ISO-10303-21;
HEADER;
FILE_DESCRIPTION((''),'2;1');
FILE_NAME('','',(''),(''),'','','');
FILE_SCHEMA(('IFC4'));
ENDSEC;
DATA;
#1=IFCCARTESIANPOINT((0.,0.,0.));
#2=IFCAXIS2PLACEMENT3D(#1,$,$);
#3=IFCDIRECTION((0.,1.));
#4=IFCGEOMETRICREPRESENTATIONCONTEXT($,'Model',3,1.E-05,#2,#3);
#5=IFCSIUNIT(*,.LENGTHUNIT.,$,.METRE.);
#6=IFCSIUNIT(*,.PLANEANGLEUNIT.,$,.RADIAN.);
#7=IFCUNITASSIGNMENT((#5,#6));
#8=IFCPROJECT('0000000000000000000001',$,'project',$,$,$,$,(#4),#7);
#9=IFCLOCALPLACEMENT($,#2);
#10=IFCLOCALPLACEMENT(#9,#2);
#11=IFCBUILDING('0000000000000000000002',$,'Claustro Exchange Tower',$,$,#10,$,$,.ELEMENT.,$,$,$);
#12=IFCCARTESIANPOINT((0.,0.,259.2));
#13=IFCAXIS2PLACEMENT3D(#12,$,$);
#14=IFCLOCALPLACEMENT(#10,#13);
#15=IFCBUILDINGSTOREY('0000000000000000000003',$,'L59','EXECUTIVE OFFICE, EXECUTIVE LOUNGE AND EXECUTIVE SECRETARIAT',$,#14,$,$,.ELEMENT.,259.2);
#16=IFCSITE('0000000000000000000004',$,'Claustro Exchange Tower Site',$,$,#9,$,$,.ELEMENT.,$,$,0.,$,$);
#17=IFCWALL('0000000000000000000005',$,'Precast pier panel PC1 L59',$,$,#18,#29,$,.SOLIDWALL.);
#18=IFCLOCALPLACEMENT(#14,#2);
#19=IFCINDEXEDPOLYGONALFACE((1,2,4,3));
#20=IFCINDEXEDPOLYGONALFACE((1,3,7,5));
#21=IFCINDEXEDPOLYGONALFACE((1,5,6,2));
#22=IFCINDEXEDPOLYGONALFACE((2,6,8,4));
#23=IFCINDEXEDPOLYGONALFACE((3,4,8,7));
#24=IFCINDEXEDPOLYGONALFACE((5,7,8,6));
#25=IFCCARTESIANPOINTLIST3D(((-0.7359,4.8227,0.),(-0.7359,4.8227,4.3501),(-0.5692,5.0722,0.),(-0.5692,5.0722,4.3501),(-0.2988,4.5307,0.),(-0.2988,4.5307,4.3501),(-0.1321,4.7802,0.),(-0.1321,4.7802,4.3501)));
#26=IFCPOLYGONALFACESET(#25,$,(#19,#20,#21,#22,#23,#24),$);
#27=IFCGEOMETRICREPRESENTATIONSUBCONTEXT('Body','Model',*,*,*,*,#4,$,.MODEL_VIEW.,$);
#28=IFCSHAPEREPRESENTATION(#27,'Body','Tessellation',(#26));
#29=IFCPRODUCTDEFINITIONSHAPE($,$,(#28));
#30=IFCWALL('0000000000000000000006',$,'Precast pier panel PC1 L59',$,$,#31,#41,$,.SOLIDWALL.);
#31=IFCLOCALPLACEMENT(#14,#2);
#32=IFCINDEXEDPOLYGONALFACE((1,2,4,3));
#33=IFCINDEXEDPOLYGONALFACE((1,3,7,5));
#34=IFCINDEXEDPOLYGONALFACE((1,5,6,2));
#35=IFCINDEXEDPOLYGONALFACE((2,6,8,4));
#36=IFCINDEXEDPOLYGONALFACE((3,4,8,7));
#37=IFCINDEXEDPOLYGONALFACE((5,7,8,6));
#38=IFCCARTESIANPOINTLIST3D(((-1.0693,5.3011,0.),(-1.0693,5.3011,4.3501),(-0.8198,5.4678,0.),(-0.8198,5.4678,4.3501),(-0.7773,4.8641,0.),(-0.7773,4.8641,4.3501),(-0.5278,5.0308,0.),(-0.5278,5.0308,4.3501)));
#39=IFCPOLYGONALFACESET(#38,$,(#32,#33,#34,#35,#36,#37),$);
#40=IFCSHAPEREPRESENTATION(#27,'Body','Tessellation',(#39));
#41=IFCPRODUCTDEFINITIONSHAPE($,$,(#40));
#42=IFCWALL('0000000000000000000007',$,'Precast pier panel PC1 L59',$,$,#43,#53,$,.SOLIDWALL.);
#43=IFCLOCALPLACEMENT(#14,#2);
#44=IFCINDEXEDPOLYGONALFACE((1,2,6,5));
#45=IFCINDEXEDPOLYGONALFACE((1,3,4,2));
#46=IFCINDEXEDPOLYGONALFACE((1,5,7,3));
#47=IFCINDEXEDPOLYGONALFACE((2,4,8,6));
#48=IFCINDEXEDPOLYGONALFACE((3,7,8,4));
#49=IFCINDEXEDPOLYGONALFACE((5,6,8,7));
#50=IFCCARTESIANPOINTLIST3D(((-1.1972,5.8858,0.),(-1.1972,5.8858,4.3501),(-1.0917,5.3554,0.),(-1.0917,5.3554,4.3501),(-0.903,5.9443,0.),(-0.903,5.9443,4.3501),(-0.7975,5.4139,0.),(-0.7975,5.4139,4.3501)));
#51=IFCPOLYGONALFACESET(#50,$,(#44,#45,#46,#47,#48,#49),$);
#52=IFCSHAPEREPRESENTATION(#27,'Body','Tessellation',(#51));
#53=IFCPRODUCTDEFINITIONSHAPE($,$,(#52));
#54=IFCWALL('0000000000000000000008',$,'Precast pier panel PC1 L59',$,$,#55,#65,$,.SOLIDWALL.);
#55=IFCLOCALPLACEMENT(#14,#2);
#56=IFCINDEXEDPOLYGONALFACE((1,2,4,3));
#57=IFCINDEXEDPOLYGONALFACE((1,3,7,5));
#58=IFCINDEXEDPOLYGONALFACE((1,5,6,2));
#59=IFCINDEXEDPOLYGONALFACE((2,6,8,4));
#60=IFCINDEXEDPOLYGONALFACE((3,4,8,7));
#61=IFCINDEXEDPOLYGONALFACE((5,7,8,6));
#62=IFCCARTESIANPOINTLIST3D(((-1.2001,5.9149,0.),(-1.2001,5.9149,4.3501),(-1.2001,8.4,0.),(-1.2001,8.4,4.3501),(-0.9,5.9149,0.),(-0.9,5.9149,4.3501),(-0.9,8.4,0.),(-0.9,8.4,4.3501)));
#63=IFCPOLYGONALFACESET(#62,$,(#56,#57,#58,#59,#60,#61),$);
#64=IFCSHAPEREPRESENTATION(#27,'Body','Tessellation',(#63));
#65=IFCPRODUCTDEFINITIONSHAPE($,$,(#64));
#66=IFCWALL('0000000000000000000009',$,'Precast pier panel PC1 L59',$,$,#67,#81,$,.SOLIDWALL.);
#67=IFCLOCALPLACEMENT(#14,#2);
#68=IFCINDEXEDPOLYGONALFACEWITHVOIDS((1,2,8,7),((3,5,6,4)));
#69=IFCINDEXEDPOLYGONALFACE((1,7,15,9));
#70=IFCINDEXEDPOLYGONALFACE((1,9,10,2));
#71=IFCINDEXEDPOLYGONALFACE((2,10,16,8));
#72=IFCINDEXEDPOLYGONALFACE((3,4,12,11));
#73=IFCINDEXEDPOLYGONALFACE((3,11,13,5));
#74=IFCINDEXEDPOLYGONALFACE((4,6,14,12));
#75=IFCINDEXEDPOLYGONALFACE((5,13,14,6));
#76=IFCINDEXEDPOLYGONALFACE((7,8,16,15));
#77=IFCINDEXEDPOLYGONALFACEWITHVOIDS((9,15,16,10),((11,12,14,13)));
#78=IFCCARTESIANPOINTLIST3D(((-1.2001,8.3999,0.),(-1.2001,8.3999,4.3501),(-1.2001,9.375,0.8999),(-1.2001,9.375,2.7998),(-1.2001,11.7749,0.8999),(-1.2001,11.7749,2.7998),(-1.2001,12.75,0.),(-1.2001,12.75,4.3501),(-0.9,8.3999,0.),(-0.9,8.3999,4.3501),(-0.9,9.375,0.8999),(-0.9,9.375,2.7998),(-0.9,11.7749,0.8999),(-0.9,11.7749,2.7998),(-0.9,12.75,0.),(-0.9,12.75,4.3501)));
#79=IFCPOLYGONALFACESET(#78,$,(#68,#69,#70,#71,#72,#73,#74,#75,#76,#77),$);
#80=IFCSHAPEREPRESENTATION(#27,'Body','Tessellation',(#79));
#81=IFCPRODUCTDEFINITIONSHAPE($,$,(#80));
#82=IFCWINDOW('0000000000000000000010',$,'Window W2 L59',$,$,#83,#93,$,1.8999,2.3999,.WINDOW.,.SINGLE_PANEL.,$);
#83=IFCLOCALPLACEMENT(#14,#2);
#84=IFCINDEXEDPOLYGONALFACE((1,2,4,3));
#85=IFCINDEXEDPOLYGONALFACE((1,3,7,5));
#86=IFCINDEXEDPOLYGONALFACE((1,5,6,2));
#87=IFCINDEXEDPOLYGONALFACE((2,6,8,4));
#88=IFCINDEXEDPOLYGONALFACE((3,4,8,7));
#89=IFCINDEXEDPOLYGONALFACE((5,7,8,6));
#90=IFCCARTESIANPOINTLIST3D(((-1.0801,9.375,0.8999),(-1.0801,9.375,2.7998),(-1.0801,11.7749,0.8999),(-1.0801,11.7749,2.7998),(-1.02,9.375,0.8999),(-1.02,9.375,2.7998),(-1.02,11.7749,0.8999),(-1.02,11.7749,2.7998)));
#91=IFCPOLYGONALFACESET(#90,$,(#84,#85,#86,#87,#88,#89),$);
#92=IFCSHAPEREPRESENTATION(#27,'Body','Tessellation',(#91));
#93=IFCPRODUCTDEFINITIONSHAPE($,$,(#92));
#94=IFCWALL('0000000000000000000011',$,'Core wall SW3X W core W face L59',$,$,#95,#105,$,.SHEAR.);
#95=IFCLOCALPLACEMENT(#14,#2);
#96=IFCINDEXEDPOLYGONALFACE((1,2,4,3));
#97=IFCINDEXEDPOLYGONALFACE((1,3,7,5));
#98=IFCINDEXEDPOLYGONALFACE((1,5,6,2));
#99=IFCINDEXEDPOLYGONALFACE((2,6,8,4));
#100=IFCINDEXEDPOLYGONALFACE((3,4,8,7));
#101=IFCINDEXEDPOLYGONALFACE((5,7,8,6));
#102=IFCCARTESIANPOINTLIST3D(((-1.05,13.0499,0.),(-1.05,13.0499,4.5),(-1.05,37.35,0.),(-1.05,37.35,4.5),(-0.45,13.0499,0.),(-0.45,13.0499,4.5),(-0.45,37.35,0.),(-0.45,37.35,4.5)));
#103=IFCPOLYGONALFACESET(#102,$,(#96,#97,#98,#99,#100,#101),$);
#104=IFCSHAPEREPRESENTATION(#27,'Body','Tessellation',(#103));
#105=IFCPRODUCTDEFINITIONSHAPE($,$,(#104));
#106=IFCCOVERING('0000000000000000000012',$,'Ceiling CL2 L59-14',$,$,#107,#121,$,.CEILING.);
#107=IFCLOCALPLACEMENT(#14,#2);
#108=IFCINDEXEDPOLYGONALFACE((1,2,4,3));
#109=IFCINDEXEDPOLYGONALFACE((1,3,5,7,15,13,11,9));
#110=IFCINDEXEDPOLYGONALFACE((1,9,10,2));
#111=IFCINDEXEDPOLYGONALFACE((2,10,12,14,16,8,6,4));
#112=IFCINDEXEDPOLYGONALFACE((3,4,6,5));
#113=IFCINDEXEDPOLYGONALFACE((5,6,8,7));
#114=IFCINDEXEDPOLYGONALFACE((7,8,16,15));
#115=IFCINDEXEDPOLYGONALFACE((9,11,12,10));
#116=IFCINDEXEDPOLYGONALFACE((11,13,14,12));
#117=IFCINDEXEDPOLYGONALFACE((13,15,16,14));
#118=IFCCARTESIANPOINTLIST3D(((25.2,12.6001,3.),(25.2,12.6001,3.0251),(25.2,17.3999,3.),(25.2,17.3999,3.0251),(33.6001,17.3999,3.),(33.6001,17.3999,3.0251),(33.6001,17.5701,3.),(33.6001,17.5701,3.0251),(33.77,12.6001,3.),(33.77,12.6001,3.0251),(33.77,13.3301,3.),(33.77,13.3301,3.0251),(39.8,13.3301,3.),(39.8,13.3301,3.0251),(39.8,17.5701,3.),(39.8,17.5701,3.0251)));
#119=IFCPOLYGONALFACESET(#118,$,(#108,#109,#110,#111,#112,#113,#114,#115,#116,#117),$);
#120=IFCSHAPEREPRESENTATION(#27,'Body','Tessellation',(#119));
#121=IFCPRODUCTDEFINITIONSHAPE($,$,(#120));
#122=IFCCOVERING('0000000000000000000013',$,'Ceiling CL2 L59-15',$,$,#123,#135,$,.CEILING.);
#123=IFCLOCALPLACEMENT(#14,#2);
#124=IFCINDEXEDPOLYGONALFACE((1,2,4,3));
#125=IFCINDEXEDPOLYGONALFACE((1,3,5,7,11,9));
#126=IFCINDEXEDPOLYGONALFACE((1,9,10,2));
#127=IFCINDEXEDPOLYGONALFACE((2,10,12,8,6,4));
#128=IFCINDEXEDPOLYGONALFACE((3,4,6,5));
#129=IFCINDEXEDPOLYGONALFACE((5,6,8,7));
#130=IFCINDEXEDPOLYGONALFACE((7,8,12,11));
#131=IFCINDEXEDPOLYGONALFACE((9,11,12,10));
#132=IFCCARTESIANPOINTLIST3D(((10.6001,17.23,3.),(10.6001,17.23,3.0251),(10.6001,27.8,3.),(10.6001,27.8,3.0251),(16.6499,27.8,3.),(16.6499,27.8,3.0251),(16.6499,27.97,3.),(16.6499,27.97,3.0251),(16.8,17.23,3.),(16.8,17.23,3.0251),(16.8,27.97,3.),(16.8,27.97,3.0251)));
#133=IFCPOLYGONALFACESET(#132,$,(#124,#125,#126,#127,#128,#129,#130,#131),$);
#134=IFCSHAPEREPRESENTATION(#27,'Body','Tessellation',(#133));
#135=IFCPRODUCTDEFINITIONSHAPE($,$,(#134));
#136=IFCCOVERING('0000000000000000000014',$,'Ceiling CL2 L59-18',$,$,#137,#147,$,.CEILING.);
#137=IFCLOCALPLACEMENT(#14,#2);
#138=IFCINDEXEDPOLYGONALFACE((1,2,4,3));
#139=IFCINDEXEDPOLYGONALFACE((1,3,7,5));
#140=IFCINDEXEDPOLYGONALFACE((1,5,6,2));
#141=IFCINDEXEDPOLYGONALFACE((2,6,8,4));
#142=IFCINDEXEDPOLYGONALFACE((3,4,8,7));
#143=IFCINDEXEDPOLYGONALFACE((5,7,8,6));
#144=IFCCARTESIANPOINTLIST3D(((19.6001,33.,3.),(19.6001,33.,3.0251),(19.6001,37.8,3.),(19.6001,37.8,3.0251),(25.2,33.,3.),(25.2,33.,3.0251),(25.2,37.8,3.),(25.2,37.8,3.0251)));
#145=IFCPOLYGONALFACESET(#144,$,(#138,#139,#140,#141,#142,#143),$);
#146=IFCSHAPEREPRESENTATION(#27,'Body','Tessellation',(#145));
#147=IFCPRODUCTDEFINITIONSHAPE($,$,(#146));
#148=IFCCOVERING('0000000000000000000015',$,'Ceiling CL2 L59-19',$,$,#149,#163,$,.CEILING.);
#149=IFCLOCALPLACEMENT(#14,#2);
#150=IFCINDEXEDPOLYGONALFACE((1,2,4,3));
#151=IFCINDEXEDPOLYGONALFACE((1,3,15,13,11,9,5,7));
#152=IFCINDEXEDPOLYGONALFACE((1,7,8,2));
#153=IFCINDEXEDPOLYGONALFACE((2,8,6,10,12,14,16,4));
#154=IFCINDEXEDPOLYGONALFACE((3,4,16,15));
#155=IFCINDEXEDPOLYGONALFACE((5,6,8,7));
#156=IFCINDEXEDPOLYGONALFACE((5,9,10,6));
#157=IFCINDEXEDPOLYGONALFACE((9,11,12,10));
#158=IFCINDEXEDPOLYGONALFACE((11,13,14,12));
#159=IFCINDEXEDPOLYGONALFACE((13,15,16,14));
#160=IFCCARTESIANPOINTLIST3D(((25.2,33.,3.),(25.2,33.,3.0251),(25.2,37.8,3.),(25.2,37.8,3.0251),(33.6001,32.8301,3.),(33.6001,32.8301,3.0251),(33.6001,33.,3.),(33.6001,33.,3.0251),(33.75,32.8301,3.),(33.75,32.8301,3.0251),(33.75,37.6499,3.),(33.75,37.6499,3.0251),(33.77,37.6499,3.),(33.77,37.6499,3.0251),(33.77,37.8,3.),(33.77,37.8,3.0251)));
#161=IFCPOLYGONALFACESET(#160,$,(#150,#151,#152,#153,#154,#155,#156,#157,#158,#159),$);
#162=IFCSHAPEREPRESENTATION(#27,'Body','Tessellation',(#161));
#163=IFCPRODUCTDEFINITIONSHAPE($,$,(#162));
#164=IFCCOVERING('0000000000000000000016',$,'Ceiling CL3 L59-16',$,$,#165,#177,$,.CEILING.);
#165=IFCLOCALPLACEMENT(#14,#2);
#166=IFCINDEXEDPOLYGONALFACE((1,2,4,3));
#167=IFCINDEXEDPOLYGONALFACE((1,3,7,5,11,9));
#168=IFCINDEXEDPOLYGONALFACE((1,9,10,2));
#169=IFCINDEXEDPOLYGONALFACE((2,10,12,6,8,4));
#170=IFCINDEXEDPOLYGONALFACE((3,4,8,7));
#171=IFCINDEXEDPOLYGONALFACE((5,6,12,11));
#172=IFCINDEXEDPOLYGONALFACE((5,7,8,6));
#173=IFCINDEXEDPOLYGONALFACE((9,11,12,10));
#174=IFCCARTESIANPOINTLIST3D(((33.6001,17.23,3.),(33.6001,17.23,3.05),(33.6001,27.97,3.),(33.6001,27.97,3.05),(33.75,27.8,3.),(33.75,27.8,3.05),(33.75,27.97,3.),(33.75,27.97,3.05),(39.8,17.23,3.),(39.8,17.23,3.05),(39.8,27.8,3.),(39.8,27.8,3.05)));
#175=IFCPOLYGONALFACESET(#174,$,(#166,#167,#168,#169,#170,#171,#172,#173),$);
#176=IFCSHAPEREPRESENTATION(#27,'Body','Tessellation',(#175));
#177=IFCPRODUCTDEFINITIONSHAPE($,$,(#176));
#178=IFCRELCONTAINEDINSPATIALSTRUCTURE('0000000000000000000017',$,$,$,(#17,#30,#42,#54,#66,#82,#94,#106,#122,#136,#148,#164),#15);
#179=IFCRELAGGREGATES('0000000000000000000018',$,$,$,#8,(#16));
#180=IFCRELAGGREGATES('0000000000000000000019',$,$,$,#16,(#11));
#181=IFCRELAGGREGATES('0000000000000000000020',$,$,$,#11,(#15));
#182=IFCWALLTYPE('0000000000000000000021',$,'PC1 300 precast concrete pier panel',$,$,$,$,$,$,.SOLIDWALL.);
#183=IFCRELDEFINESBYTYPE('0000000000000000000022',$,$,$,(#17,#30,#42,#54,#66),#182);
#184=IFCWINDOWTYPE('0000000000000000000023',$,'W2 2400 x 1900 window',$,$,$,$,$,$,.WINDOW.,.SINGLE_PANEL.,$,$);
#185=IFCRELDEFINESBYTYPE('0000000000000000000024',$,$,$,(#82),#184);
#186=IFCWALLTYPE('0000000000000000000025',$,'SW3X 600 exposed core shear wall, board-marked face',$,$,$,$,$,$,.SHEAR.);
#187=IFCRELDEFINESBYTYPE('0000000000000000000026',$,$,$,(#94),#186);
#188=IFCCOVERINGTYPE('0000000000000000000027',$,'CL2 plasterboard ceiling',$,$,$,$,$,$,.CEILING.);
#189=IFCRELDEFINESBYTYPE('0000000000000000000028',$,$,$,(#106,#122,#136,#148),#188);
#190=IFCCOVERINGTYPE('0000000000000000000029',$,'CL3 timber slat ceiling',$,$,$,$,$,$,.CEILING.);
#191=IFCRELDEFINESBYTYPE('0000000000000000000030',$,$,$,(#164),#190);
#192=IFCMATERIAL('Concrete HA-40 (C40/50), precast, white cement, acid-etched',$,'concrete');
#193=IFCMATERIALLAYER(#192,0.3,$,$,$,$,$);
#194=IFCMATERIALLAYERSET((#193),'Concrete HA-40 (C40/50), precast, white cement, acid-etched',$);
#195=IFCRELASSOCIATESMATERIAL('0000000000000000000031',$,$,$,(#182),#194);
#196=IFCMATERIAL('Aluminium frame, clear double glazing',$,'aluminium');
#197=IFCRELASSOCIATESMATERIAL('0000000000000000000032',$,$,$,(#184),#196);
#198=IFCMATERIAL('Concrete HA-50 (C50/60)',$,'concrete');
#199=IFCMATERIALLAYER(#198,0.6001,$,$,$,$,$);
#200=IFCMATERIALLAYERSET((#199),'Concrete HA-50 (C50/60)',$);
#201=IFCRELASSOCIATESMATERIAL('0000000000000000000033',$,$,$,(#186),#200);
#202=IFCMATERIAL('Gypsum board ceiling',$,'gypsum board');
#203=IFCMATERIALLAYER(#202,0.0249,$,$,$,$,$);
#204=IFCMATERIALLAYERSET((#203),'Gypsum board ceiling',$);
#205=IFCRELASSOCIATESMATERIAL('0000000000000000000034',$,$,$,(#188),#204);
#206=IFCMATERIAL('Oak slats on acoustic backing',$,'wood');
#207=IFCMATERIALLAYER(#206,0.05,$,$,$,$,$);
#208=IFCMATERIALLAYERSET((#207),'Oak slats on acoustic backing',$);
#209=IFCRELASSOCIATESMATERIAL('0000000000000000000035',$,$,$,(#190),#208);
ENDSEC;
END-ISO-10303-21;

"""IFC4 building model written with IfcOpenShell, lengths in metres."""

from ifc_helpers import new_model, si_unit, direction, frame, frame_2d, origin, place, context, subcontext, project, spatial, polyline, rectangle, outline, extrude, material, layer, layer_set, type_object, element, fill, save


model = new_model("IFC4")

# Units and contexts
model_context = context("Model", 3, precision=1e-05, world=origin(), true_north=direction((0.0, 1.0)))
body_context = subcontext(model_context, "Body", "Model", "MODEL_VIEW")
ifc_project = project(units=[si_unit("LENGTHUNIT", "METRE"), si_unit("PLANEANGLEUNIT", "RADIAN")], contexts=[model_context])

# Site, building, storey
site_placement = place(None, origin())
site = spatial("IfcSite", under=ifc_project, at=site_placement, Name="Claustro Exchange Tower Site", CompositionType="ELEMENT", RefElevation=0.0)
building_placement = place(site_placement, origin())
building = spatial("IfcBuilding", under=site, at=building_placement, Name="Claustro Exchange Tower", CompositionType="ELEMENT")
storey_placement = place(building_placement, frame((0.0, 0.0, 259.2)))
storey = spatial("IfcBuildingStorey", under=building, at=storey_placement, Name="L59", Description="EXECUTIVE OFFICE, EXECUTIVE LOUNGE AND EXECUTIVE SECRETARIAT", CompositionType="ELEMENT", Elevation=259.2)

# Walls
ifc_material_1 = material(Name="Concrete HA-40 (C40/50), precast, white cement, acid-etched", Category="concrete")
ifc_layer_1 = layer(ifc_material_1, 0.3)
ifc_layer_set_1 = layer_set([ifc_layer_1], Name="Concrete HA-40 (C40/50), precast, white cement, acid-etched")
wall_type_1 = type_object("IfcWallType", Name="PC1 300 precast concrete pier panel", PredefinedType="SOLIDWALL", material=ifc_layer_set_1)
for number, where, z_axis, x_axis, name in (
    (1, (-0.2156, 4.6555, 0.0), (0.0, 0.0, 1.0), (-0.831478, 0.555557, 0.0), "Precast pier panel PC1 L59"),
    (2, (-0.6526, 4.9475, 0.0), (0.0, 0.0, 1.0), (-0.555557, 0.831478, 0.0), "Precast pier panel PC1 L59"),
):
    element("IfcWall", number, at=place(storey_placement, frame(where, z_axis=z_axis, x_axis=x_axis)), inside=storey, type_object=wall_type_1, Name=name, PredefinedType="SOLIDWALL", context=body_context, shape_type="SweptSolid", body=[
        extrude(rectangle(XDim=0.5256, YDim=0.3, at=frame_2d((0.2627, 0.0))), origin(), (0.0, 0.0, 1.0), 4.3501),
    ])
wall_1_placement = place(storey_placement, frame((-0.9446, 5.3845, 0.0), z_axis=(0.0, 0.0, 1.0), x_axis=(-0.195074, 0.980789, 0.0)))
element("IfcWall", 3, at=wall_1_placement, inside=storey, type_object=wall_type_1, Name="Precast pier panel PC1 L59", PredefinedType="SOLIDWALL", context=body_context, shape_type="SweptSolid", body=[
    extrude(rectangle(XDim=0.5408, YDim=0.3, at=frame_2d((0.2705, 0.0))), origin(), (0.0, 0.0, 1.0), 4.3501),
])
wall_2_placement = place(storey_placement, frame((-1.05, 5.9148, 0.0), z_axis=(0.0, 0.0, 1.0), x_axis=(0.0, 1.0, 0.0)))
element("IfcWall", 4, at=wall_2_placement, inside=storey, type_object=wall_type_1, Name="Precast pier panel PC1 L59", PredefinedType="SOLIDWALL", context=body_context, shape_type="SweptSolid", body=[
    extrude(rectangle(XDim=2.4851, YDim=0.3, at=frame_2d((1.2427, 0.0))), origin(), (0.0, 0.0, 1.0), 4.3501),
])

# Wall, opening, window
wall_3_placement = place(storey_placement, frame((-1.05, 8.3999, 0.0), z_axis=(0.0, 0.0, 1.0), x_axis=(0.0, 1.0, 0.0)))
wall_3 = element("IfcWall", 5, at=wall_3_placement, inside=storey, type_object=wall_type_1, Name="Precast pier panel PC1 L59", PredefinedType="SOLIDWALL", context=body_context, shape_type="SweptSolid", body=[
    extrude(rectangle(XDim=4.3501, YDim=0.3, at=frame_2d((2.175, 0.0))), origin(), (0.0, 0.0, 1.0), 4.3501),
])
opening_1_placement = place(wall_3_placement, frame((0.9751, 0.0, 0.8999)))
opening_1 = element("IfcOpeningElement", 6, at=opening_1_placement, cuts=wall_3, PredefinedType="OPENING", context=body_context, shape_type="SweptSolid", body=[
    extrude(rectangle(XDim=2.3999, YDim=1.8999, at=frame_2d((1.2, 0.95))), frame((0.0, 0.1599, 0.0), z_axis=(0.0, -1.0, 0.0), x_axis=(1.0, 0.0, 0.0)), (0.0, 0.0, 1.0), 0.3201),
])
ifc_material_2 = material(Name="Aluminium frame, clear double glazing", Category="aluminium")
window_type = type_object("IfcWindowType", Name="W2 2400 x 1900 window", PartitioningType="SINGLE_PANEL", PredefinedType="WINDOW", material=ifc_material_2)
window_placement = place(opening_1_placement, origin())
window = element("IfcWindow", 7, at=window_placement, inside=storey, type_object=window_type, Name="Window W2 L59", OverallHeight=1.8999, OverallWidth=2.3999, PartitioningType="SINGLE_PANEL", PredefinedType="WINDOW", context=body_context, shape_type="SweptSolid", body=[
    extrude(rectangle(XDim=2.3999, YDim=1.8999, at=frame_2d((1.2, 0.95))), frame((0.0, 0.03, 0.0), z_axis=(0.0, -1.0, 0.0), x_axis=(1.0, 0.0, 0.0)), (0.0, 0.0, 1.0), 0.0601),
])
fill(opening_1, window)

# Wall
ifc_material_3 = material(Name="Concrete HA-50 (C50/60)", Category="concrete")
ifc_layer_2 = layer(ifc_material_3, 0.6001)
ifc_layer_set_2 = layer_set([ifc_layer_2], Name="Concrete HA-50 (C50/60)")
wall_type_2 = type_object("IfcWallType", Name="SW3X 600 exposed core shear wall, board-marked face", PredefinedType="SHEAR", material=ifc_layer_set_2)
wall_4_placement = place(storey_placement, frame((-0.75, 13.05, 0.0), z_axis=(0.0, 0.0, 1.0), x_axis=(0.0, 1.0, 0.0)))
element("IfcWall", 8, at=wall_4_placement, inside=storey, type_object=wall_type_2, Name="Core wall SW3X W core W face L59", PredefinedType="SHEAR", context=body_context, shape_type="SweptSolid", body=[
    extrude(rectangle(XDim=24.3, YDim=0.6001, at=frame_2d((12.1499, 0.0))), origin(), (0.0, 0.0, 1.0), 4.5),
])

# Coverings
ifc_material_4 = material(Name="Gypsum board ceiling", Category="gypsum board")
ifc_layer_3 = layer(ifc_material_4, 0.0249)
ifc_layer_set_3 = layer_set([ifc_layer_3], Name="Gypsum board ceiling")
covering_type_1 = type_object("IfcCoveringType", Name="CL2 plasterboard ceiling", PredefinedType="CEILING", material=ifc_layer_set_3)
covering_1_placement = place(storey_placement, frame((0.0, 0.0, 3.0)))
element("IfcCovering", 9, at=covering_1_placement, inside=storey, type_object=covering_type_1, Name="Ceiling CL2 L59-14", PredefinedType="CEILING", context=body_context, shape_type="SweptSolid", body=[
    extrude(outline(polyline([(39.8, 13.3301), (39.8, 17.5701), (33.6001, 17.5701), (33.6001, 17.3999), (25.2, 17.3999), (25.2, 12.6001), (33.77, 12.6001), (33.77, 13.3301), (39.8, 13.3301)])), origin(), (0.0, 0.0, 1.0), 0.0251),
])
covering_2_placement = place(storey_placement, frame((0.0, 0.0, 3.0)))
element("IfcCovering", 10, at=covering_2_placement, inside=storey, type_object=covering_type_1, Name="Ceiling CL2 L59-15", PredefinedType="CEILING", context=body_context, shape_type="SweptSolid", body=[
    extrude(outline(polyline([(10.6001, 27.8), (10.6001, 17.23), (16.8, 17.23), (16.8, 27.97), (16.6499, 27.97), (16.6499, 27.8), (10.6001, 27.8)])), origin(), (0.0, 0.0, 1.0), 0.0251),
])
covering_3_placement = place(storey_placement, frame((0.0, 0.0, 3.0)))
element("IfcCovering", 11, at=covering_3_placement, inside=storey, type_object=covering_type_1, Name="Ceiling CL2 L59-18", PredefinedType="CEILING", context=body_context, shape_type="SweptSolid", body=[
    extrude(outline(polyline([(19.6001, 33.0), (25.2, 33.0), (25.2, 37.8), (19.6001, 37.8), (19.6001, 33.0)])), origin(), (0.0, 0.0, 1.0), 0.0251),
])
covering_4_placement = place(storey_placement, frame((0.0, 0.0, 3.0)))
element("IfcCovering", 12, at=covering_4_placement, inside=storey, type_object=covering_type_1, Name="Ceiling CL2 L59-19", PredefinedType="CEILING", context=body_context, shape_type="SweptSolid", body=[
    extrude(outline(polyline([(33.6001, 33.0), (33.6001, 32.8301), (33.75, 32.8301), (33.75, 37.6499), (33.77, 37.6499), (33.77, 37.8), (25.2, 37.8), (25.2, 33.0), (33.6001, 33.0)])), origin(), (0.0, 0.0, 1.0), 0.0251),
])
ifc_material_5 = material(Name="Oak slats on acoustic backing", Category="wood")
ifc_layer_4 = layer(ifc_material_5, 0.05)
ifc_layer_set_4 = layer_set([ifc_layer_4], Name="Oak slats on acoustic backing")
covering_type_2 = type_object("IfcCoveringType", Name="CL3 timber slat ceiling", PredefinedType="CEILING", material=ifc_layer_set_4)
covering_5_placement = place(storey_placement, frame((0.0, 0.0, 3.0)))
element("IfcCovering", 13, at=covering_5_placement, inside=storey, type_object=covering_type_2, Name="Ceiling CL3 L59-16", PredefinedType="CEILING", context=body_context, shape_type="SweptSolid", body=[
    extrude(outline(polyline([(33.6001, 27.97), (33.6001, 17.23), (39.8, 17.23), (39.8, 27.8), (33.75, 27.8), (33.75, 27.97), (33.6001, 27.97)])), origin(), (0.0, 0.0, 1.0), 0.05),
])

save(model, "model.ifc")
